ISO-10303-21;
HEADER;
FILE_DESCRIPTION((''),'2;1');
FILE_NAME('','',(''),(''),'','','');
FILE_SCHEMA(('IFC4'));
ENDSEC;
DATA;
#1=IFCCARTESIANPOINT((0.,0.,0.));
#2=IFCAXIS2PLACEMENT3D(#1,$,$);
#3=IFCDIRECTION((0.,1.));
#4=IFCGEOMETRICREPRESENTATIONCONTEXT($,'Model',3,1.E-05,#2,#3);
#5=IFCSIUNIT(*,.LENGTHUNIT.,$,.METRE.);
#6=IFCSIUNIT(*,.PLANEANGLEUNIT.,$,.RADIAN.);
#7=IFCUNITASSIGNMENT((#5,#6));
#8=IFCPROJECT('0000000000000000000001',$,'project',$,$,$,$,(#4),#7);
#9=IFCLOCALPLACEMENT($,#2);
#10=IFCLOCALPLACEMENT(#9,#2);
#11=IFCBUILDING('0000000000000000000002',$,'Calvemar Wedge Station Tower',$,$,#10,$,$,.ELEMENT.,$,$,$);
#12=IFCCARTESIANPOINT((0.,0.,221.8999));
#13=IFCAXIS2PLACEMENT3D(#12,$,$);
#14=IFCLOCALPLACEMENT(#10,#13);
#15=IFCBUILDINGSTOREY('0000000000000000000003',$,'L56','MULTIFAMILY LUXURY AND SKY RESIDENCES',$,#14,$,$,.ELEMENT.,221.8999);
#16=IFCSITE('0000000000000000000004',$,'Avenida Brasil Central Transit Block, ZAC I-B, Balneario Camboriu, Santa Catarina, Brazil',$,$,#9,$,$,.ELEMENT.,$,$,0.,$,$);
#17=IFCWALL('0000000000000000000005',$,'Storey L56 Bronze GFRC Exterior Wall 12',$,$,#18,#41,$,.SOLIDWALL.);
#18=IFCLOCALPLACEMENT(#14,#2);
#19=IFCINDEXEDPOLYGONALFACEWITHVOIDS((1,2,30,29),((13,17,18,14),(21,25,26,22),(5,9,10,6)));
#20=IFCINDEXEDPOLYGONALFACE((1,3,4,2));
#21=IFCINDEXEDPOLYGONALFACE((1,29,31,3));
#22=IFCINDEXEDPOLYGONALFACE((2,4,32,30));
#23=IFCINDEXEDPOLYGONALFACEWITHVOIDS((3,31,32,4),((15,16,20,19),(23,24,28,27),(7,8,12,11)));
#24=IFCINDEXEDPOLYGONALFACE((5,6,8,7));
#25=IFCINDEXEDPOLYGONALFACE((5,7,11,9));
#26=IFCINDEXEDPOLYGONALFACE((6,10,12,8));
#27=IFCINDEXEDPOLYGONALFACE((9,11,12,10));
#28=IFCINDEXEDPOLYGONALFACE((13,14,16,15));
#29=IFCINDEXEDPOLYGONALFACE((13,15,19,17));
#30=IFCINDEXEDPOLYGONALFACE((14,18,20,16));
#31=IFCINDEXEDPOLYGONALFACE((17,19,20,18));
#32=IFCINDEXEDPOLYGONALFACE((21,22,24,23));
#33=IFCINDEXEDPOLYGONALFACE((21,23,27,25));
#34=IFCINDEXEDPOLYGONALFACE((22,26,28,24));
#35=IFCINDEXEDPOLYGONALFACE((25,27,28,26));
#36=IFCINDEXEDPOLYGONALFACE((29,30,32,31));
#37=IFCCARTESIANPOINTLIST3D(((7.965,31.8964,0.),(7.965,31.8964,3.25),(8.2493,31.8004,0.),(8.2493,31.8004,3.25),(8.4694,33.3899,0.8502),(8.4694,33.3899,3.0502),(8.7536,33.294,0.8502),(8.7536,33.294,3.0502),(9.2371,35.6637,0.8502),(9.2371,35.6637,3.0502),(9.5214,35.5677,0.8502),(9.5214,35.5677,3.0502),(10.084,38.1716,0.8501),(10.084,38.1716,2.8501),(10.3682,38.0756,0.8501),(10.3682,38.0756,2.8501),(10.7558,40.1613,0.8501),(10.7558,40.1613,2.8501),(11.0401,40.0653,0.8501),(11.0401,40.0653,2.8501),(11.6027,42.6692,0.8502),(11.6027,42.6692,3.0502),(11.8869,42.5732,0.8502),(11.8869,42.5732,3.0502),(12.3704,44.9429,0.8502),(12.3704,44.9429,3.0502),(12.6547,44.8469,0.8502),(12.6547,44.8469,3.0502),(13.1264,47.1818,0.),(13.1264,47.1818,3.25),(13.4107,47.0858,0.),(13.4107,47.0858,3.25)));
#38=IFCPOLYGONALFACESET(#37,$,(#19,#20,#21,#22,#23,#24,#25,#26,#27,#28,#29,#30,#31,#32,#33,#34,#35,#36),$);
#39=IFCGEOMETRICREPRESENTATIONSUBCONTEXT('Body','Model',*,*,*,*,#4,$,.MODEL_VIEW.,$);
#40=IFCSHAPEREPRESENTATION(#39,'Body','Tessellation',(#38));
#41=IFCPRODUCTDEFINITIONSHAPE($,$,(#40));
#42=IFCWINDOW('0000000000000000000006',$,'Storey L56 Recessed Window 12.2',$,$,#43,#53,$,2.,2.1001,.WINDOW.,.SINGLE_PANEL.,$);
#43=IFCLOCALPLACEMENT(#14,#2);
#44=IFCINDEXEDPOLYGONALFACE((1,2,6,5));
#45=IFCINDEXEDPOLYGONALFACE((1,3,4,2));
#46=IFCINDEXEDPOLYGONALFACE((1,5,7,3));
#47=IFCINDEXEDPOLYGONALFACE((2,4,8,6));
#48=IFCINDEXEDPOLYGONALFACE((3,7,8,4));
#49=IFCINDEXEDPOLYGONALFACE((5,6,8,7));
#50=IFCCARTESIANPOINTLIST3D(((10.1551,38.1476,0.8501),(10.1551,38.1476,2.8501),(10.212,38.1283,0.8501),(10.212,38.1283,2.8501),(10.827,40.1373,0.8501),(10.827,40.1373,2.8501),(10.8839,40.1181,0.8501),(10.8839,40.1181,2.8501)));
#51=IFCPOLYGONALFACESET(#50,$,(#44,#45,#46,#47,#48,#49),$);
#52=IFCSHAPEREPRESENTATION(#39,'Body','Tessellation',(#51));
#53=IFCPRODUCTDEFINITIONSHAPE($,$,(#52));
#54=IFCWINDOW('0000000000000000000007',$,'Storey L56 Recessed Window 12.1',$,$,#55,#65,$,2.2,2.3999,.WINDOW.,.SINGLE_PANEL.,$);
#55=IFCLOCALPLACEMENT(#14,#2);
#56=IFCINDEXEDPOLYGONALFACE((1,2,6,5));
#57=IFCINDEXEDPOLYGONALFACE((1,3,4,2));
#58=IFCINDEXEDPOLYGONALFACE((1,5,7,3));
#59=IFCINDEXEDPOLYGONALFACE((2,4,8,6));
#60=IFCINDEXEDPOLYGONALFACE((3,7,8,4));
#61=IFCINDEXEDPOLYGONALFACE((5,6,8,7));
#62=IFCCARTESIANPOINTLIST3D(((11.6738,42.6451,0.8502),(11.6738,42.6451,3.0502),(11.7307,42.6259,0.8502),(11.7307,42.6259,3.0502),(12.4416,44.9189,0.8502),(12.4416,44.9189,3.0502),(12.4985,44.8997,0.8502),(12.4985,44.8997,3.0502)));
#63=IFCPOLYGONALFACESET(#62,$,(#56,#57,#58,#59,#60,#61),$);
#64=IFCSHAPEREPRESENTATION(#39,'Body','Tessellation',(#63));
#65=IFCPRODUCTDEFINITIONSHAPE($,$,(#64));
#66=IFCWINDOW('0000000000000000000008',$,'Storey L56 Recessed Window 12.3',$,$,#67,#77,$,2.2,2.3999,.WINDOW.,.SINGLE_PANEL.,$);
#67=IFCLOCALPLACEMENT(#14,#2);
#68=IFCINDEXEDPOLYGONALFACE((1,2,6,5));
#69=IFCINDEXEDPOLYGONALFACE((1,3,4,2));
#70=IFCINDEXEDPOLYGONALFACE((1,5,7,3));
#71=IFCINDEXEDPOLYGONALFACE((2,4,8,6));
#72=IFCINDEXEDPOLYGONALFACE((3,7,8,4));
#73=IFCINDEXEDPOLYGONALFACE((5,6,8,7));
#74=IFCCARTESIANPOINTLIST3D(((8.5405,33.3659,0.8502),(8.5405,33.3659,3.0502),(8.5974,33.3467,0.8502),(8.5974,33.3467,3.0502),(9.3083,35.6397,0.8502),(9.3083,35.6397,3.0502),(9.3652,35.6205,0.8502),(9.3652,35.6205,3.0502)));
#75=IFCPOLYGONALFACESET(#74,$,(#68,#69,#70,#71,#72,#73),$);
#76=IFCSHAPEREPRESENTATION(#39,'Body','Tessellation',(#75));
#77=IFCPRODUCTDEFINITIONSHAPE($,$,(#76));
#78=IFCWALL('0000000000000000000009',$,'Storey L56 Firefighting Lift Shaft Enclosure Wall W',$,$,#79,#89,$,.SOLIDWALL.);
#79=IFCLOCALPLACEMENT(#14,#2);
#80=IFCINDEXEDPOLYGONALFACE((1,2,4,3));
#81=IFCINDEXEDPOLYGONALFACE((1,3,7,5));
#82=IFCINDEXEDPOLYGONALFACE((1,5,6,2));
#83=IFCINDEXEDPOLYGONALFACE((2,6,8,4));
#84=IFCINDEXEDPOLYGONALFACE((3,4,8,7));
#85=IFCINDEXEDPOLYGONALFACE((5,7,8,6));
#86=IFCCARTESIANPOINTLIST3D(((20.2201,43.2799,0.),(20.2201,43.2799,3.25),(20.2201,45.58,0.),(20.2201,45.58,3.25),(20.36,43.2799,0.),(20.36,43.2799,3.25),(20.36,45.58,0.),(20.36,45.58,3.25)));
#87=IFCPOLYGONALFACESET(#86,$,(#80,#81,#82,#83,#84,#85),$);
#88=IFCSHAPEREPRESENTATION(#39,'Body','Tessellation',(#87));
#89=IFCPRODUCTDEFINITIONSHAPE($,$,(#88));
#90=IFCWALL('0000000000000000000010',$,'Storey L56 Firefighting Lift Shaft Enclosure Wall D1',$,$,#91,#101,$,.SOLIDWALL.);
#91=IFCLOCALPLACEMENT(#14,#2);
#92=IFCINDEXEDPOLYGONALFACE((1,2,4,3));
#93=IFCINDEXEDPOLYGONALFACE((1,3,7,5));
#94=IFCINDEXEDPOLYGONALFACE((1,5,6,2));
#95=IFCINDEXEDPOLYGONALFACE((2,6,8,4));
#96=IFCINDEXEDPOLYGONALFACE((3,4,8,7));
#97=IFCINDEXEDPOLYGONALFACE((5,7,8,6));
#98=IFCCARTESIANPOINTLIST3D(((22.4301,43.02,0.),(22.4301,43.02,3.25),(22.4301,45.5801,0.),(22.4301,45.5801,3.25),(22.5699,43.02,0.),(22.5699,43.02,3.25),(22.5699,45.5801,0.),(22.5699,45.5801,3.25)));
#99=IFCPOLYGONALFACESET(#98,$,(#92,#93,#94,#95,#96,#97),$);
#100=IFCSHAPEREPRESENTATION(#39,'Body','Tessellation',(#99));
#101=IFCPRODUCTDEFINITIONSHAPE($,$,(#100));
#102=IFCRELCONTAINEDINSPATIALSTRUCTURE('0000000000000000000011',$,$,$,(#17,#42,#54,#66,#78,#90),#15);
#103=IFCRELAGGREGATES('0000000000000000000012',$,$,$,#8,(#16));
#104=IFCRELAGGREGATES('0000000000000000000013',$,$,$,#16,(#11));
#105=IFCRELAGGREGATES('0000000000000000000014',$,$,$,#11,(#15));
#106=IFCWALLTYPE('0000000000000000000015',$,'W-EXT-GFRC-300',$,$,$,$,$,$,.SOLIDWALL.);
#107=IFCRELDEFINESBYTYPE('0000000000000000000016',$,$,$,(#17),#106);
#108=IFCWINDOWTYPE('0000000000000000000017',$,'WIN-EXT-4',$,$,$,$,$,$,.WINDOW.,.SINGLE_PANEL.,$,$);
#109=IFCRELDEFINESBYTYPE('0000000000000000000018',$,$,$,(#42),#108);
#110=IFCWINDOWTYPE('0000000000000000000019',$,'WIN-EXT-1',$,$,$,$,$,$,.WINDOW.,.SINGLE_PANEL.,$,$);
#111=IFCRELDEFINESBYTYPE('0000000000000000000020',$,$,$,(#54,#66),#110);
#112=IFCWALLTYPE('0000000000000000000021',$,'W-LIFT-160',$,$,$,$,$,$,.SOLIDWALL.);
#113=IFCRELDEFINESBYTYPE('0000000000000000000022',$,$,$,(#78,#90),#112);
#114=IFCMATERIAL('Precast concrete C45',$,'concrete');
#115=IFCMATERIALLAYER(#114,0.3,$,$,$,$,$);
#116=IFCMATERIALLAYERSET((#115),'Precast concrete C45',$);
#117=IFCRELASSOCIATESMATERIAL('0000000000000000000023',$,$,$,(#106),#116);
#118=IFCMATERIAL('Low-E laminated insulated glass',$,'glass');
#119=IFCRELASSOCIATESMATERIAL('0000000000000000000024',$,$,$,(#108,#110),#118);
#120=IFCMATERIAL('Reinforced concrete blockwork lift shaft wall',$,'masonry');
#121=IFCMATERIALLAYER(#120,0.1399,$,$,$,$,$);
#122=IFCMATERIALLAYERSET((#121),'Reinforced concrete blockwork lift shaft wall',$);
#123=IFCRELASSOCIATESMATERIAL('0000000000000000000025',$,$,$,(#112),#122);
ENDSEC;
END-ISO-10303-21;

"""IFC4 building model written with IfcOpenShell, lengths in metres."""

from ifc_helpers import new_model, si_unit, direction, frame, frame_2d, origin, place, context, subcontext, project, spatial, rectangle, extrude, source, transform, mapped, material, layer, layer_set, type_object, element, fill, save


model = new_model("IFC4")

# Units and contexts
model_context = context("Model", 3, precision=1e-05, world=origin(), true_north=direction((0.0, 1.0)))
body_context = subcontext(model_context, "Body", "Model", "MODEL_VIEW")
ifc_project = project(units=[si_unit("LENGTHUNIT", "METRE"), si_unit("PLANEANGLEUNIT", "RADIAN")], contexts=[model_context])

# Site, building, storey
site_placement = place(None, origin())
site = spatial("IfcSite", under=ifc_project, at=site_placement, Name="Avenida Brasil Central Transit Block, ZAC I-B, Balneario Camboriu, Santa Catarina, Brazil", CompositionType="ELEMENT", RefElevation=0.0)
building_placement = place(site_placement, origin())
building = spatial("IfcBuilding", under=site, at=building_placement, Name="Calvemar Wedge Station Tower", CompositionType="ELEMENT")
storey_placement = place(building_placement, frame((0.0, 0.0, 221.8999)))
storey = spatial("IfcBuildingStorey", under=building, at=storey_placement, Name="L56", Description="MULTIFAMILY LUXURY AND SKY RESIDENCES", CompositionType="ELEMENT", Elevation=221.8999)

# Shared definitions
ifc_material_1 = material(Name="Precast concrete C45", Category="concrete")

# Shared definitions
ifc_layer_1 = layer(ifc_material_1, 0.3)
ifc_layer_set_1 = layer_set([ifc_layer_1], Name="Precast concrete C45")
wall_type_1 = type_object("IfcWallType", Name="W-EXT-GFRC-300", PredefinedType="SOLIDWALL", material=ifc_layer_set_1)
shared_shape_1 = source(origin(), body_context, "Body", "SweptSolid", [
    extrude(rectangle(XDim=2.1001, YDim=2.0, at=frame_2d((1.05, 1.0))), frame((0.0, 0.1602, 0.0), z_axis=(0.0, -1.0, 0.0), x_axis=(1.0, 0.0, 0.0)), (0.0, 0.0, 1.0), 0.3201),
])
ifc_material_2 = material(Name="Low-E laminated insulated glass", Category="glass")
window_type_1 = type_object("IfcWindowType", Name="WIN-EXT-4", PartitioningType="SINGLE_PANEL", PredefinedType="WINDOW", material=ifc_material_2)
shared_shape_2 = source(origin(), body_context, "Body", "SweptSolid", [
    extrude(rectangle(XDim=2.1001, YDim=2.0, at=frame_2d((1.05, 1.0))), frame((0.0, -0.0149, 0.0), z_axis=(0.0, -1.0, 0.0), x_axis=(1.0, 0.0, 0.0)), (0.0, 0.0, 1.0), 0.0601),
])

# Wall, openings, windows
wall_1_placement = place(storey_placement, frame((13.2686, 47.1338, 0.0), z_axis=(0.0, 0.0, 1.0), x_axis=(-0.319921, -0.947444, 0.0)))
wall_1 = element("IfcWall", 1, at=wall_1_placement, inside=storey, type_object=wall_type_1, Name="Storey L56 Bronze GFRC Exterior Wall 12", PredefinedType="SOLIDWALL", context=body_context, shape_type="SweptSolid", body=[
    extrude(rectangle(XDim=16.1333, YDim=0.3, at=frame_2d((8.0667, 0.0))), origin(), (0.0, 0.0, 1.0), 3.25),
])
shared_shape_3 = source(origin(), body_context, "Body", "SweptSolid", [
    extrude(rectangle(XDim=2.3999, YDim=2.2, at=frame_2d((1.2, 1.1001))), frame((0.0, 0.1602, 0.0), z_axis=(0.0, -1.0, 0.0), x_axis=(1.0, 0.0, 0.0)), (0.0, 0.0, 1.0), 0.3201),
])
opening_1_placement = place(wall_1_placement, frame((2.363, 0.0, 0.8501)))
opening_1 = element("IfcOpeningElement", 2, at=opening_1_placement, cuts=wall_1, PredefinedType="OPENING", context=body_context, shape_type="MappedRepresentation", body=[
    mapped(shared_shape_3, transform((0.0, 0.0, 0.0), scale=1.0)),
])
opening_2_placement = place(wall_1_placement, frame((7.4099, 0.0, 0.8501)))
opening_2 = element("IfcOpeningElement", 3, at=opening_2_placement, cuts=wall_1, PredefinedType="OPENING", context=body_context, shape_type="MappedRepresentation", body=[
    mapped(shared_shape_1, transform((0.0, 0.0, 0.0), scale=1.0)),
])
opening_3_placement = place(wall_1_placement, frame((12.157, 0.0, 0.8501)))
opening_3 = element("IfcOpeningElement", 4, at=opening_3_placement, cuts=wall_1, PredefinedType="OPENING", context=body_context, shape_type="MappedRepresentation", body=[
    mapped(shared_shape_3, transform((0.0, 0.0, 0.0), scale=1.0)),
])
window_1_placement = place(opening_2_placement, origin())
window_1 = element("IfcWindow", 5, at=window_1_placement, inside=storey, type_object=window_type_1, Name="Storey L56 Recessed Window 12.2", OverallHeight=2.0, OverallWidth=2.1001, PartitioningType="SINGLE_PANEL", PredefinedType="WINDOW", context=body_context, shape_type="MappedRepresentation", body=[
    mapped(shared_shape_2, transform((0.0, 0.0, 0.0), scale=1.0)),
])
fill(opening_2, window_1)
window_type_2 = type_object("IfcWindowType", Name="WIN-EXT-1", PartitioningType="SINGLE_PANEL", PredefinedType="WINDOW", material=ifc_material_2)
shared_shape_4 = source(origin(), body_context, "Body", "SweptSolid", [
    extrude(rectangle(XDim=2.3999, YDim=2.2, at=frame_2d((1.2, 1.1001))), frame((0.0, -0.0149, 0.0), z_axis=(0.0, -1.0, 0.0), x_axis=(1.0, 0.0, 0.0)), (0.0, 0.0, 1.0), 0.0601),
])
window_2_placement = place(opening_1_placement, origin())
window_2 = element("IfcWindow", 6, at=window_2_placement, inside=storey, type_object=window_type_2, Name="Storey L56 Recessed Window 12.1", OverallHeight=2.2, OverallWidth=2.3999, PartitioningType="SINGLE_PANEL", PredefinedType="WINDOW", context=body_context, shape_type="MappedRepresentation", body=[
    mapped(shared_shape_4, transform((0.0, 0.0, 0.0), scale=1.0)),
])
fill(opening_1, window_2)
window_3_placement = place(opening_3_placement, origin())
window_3 = element("IfcWindow", 7, at=window_3_placement, inside=storey, type_object=window_type_2, Name="Storey L56 Recessed Window 12.3", OverallHeight=2.2, OverallWidth=2.3999, PartitioningType="SINGLE_PANEL", PredefinedType="WINDOW", context=body_context, shape_type="MappedRepresentation", body=[
    mapped(shared_shape_4, transform((0.0, 0.0, 0.0), scale=1.0)),
])
fill(opening_3, window_3)

# Shared definitions
ifc_material_3 = material(Name="Reinforced concrete blockwork lift shaft wall", Category="masonry")
ifc_layer_2 = layer(ifc_material_3, 0.1399)
ifc_layer_set_2 = layer_set([ifc_layer_2], Name="Reinforced concrete blockwork lift shaft wall")
wall_type_2 = type_object("IfcWallType", Name="W-LIFT-160", PredefinedType="SOLIDWALL", material=ifc_layer_set_2)

# Walls
wall_2_placement = place(storey_placement, frame((20.29, 43.28, 0.0), z_axis=(0.0, 0.0, 1.0), x_axis=(0.0, 1.0, 0.0)))
element("IfcWall", 8, at=wall_2_placement, inside=storey, type_object=wall_type_2, Name="Storey L56 Firefighting Lift Shaft Enclosure Wall W", PredefinedType="SOLIDWALL", context=body_context, shape_type="SweptSolid", body=[
    extrude(rectangle(XDim=2.3, YDim=0.1399, at=frame_2d((1.1499, 0.0))), origin(), (0.0, 0.0, 1.0), 3.25),
])
wall_3_placement = place(storey_placement, frame((22.5, 43.02, 0.0), z_axis=(0.0, 0.0, 1.0), x_axis=(0.0, 1.0, 0.0)))
element("IfcWall", 9, at=wall_3_placement, inside=storey, type_object=wall_type_2, Name="Storey L56 Firefighting Lift Shaft Enclosure Wall D1", PredefinedType="SOLIDWALL", context=body_context, shape_type="SweptSolid", body=[
    extrude(rectangle(XDim=2.5601, YDim=0.1399, at=frame_2d((1.28, 0.0))), origin(), (0.0, 0.0, 1.0), 3.25),
])

save(model, "model.ifc")
